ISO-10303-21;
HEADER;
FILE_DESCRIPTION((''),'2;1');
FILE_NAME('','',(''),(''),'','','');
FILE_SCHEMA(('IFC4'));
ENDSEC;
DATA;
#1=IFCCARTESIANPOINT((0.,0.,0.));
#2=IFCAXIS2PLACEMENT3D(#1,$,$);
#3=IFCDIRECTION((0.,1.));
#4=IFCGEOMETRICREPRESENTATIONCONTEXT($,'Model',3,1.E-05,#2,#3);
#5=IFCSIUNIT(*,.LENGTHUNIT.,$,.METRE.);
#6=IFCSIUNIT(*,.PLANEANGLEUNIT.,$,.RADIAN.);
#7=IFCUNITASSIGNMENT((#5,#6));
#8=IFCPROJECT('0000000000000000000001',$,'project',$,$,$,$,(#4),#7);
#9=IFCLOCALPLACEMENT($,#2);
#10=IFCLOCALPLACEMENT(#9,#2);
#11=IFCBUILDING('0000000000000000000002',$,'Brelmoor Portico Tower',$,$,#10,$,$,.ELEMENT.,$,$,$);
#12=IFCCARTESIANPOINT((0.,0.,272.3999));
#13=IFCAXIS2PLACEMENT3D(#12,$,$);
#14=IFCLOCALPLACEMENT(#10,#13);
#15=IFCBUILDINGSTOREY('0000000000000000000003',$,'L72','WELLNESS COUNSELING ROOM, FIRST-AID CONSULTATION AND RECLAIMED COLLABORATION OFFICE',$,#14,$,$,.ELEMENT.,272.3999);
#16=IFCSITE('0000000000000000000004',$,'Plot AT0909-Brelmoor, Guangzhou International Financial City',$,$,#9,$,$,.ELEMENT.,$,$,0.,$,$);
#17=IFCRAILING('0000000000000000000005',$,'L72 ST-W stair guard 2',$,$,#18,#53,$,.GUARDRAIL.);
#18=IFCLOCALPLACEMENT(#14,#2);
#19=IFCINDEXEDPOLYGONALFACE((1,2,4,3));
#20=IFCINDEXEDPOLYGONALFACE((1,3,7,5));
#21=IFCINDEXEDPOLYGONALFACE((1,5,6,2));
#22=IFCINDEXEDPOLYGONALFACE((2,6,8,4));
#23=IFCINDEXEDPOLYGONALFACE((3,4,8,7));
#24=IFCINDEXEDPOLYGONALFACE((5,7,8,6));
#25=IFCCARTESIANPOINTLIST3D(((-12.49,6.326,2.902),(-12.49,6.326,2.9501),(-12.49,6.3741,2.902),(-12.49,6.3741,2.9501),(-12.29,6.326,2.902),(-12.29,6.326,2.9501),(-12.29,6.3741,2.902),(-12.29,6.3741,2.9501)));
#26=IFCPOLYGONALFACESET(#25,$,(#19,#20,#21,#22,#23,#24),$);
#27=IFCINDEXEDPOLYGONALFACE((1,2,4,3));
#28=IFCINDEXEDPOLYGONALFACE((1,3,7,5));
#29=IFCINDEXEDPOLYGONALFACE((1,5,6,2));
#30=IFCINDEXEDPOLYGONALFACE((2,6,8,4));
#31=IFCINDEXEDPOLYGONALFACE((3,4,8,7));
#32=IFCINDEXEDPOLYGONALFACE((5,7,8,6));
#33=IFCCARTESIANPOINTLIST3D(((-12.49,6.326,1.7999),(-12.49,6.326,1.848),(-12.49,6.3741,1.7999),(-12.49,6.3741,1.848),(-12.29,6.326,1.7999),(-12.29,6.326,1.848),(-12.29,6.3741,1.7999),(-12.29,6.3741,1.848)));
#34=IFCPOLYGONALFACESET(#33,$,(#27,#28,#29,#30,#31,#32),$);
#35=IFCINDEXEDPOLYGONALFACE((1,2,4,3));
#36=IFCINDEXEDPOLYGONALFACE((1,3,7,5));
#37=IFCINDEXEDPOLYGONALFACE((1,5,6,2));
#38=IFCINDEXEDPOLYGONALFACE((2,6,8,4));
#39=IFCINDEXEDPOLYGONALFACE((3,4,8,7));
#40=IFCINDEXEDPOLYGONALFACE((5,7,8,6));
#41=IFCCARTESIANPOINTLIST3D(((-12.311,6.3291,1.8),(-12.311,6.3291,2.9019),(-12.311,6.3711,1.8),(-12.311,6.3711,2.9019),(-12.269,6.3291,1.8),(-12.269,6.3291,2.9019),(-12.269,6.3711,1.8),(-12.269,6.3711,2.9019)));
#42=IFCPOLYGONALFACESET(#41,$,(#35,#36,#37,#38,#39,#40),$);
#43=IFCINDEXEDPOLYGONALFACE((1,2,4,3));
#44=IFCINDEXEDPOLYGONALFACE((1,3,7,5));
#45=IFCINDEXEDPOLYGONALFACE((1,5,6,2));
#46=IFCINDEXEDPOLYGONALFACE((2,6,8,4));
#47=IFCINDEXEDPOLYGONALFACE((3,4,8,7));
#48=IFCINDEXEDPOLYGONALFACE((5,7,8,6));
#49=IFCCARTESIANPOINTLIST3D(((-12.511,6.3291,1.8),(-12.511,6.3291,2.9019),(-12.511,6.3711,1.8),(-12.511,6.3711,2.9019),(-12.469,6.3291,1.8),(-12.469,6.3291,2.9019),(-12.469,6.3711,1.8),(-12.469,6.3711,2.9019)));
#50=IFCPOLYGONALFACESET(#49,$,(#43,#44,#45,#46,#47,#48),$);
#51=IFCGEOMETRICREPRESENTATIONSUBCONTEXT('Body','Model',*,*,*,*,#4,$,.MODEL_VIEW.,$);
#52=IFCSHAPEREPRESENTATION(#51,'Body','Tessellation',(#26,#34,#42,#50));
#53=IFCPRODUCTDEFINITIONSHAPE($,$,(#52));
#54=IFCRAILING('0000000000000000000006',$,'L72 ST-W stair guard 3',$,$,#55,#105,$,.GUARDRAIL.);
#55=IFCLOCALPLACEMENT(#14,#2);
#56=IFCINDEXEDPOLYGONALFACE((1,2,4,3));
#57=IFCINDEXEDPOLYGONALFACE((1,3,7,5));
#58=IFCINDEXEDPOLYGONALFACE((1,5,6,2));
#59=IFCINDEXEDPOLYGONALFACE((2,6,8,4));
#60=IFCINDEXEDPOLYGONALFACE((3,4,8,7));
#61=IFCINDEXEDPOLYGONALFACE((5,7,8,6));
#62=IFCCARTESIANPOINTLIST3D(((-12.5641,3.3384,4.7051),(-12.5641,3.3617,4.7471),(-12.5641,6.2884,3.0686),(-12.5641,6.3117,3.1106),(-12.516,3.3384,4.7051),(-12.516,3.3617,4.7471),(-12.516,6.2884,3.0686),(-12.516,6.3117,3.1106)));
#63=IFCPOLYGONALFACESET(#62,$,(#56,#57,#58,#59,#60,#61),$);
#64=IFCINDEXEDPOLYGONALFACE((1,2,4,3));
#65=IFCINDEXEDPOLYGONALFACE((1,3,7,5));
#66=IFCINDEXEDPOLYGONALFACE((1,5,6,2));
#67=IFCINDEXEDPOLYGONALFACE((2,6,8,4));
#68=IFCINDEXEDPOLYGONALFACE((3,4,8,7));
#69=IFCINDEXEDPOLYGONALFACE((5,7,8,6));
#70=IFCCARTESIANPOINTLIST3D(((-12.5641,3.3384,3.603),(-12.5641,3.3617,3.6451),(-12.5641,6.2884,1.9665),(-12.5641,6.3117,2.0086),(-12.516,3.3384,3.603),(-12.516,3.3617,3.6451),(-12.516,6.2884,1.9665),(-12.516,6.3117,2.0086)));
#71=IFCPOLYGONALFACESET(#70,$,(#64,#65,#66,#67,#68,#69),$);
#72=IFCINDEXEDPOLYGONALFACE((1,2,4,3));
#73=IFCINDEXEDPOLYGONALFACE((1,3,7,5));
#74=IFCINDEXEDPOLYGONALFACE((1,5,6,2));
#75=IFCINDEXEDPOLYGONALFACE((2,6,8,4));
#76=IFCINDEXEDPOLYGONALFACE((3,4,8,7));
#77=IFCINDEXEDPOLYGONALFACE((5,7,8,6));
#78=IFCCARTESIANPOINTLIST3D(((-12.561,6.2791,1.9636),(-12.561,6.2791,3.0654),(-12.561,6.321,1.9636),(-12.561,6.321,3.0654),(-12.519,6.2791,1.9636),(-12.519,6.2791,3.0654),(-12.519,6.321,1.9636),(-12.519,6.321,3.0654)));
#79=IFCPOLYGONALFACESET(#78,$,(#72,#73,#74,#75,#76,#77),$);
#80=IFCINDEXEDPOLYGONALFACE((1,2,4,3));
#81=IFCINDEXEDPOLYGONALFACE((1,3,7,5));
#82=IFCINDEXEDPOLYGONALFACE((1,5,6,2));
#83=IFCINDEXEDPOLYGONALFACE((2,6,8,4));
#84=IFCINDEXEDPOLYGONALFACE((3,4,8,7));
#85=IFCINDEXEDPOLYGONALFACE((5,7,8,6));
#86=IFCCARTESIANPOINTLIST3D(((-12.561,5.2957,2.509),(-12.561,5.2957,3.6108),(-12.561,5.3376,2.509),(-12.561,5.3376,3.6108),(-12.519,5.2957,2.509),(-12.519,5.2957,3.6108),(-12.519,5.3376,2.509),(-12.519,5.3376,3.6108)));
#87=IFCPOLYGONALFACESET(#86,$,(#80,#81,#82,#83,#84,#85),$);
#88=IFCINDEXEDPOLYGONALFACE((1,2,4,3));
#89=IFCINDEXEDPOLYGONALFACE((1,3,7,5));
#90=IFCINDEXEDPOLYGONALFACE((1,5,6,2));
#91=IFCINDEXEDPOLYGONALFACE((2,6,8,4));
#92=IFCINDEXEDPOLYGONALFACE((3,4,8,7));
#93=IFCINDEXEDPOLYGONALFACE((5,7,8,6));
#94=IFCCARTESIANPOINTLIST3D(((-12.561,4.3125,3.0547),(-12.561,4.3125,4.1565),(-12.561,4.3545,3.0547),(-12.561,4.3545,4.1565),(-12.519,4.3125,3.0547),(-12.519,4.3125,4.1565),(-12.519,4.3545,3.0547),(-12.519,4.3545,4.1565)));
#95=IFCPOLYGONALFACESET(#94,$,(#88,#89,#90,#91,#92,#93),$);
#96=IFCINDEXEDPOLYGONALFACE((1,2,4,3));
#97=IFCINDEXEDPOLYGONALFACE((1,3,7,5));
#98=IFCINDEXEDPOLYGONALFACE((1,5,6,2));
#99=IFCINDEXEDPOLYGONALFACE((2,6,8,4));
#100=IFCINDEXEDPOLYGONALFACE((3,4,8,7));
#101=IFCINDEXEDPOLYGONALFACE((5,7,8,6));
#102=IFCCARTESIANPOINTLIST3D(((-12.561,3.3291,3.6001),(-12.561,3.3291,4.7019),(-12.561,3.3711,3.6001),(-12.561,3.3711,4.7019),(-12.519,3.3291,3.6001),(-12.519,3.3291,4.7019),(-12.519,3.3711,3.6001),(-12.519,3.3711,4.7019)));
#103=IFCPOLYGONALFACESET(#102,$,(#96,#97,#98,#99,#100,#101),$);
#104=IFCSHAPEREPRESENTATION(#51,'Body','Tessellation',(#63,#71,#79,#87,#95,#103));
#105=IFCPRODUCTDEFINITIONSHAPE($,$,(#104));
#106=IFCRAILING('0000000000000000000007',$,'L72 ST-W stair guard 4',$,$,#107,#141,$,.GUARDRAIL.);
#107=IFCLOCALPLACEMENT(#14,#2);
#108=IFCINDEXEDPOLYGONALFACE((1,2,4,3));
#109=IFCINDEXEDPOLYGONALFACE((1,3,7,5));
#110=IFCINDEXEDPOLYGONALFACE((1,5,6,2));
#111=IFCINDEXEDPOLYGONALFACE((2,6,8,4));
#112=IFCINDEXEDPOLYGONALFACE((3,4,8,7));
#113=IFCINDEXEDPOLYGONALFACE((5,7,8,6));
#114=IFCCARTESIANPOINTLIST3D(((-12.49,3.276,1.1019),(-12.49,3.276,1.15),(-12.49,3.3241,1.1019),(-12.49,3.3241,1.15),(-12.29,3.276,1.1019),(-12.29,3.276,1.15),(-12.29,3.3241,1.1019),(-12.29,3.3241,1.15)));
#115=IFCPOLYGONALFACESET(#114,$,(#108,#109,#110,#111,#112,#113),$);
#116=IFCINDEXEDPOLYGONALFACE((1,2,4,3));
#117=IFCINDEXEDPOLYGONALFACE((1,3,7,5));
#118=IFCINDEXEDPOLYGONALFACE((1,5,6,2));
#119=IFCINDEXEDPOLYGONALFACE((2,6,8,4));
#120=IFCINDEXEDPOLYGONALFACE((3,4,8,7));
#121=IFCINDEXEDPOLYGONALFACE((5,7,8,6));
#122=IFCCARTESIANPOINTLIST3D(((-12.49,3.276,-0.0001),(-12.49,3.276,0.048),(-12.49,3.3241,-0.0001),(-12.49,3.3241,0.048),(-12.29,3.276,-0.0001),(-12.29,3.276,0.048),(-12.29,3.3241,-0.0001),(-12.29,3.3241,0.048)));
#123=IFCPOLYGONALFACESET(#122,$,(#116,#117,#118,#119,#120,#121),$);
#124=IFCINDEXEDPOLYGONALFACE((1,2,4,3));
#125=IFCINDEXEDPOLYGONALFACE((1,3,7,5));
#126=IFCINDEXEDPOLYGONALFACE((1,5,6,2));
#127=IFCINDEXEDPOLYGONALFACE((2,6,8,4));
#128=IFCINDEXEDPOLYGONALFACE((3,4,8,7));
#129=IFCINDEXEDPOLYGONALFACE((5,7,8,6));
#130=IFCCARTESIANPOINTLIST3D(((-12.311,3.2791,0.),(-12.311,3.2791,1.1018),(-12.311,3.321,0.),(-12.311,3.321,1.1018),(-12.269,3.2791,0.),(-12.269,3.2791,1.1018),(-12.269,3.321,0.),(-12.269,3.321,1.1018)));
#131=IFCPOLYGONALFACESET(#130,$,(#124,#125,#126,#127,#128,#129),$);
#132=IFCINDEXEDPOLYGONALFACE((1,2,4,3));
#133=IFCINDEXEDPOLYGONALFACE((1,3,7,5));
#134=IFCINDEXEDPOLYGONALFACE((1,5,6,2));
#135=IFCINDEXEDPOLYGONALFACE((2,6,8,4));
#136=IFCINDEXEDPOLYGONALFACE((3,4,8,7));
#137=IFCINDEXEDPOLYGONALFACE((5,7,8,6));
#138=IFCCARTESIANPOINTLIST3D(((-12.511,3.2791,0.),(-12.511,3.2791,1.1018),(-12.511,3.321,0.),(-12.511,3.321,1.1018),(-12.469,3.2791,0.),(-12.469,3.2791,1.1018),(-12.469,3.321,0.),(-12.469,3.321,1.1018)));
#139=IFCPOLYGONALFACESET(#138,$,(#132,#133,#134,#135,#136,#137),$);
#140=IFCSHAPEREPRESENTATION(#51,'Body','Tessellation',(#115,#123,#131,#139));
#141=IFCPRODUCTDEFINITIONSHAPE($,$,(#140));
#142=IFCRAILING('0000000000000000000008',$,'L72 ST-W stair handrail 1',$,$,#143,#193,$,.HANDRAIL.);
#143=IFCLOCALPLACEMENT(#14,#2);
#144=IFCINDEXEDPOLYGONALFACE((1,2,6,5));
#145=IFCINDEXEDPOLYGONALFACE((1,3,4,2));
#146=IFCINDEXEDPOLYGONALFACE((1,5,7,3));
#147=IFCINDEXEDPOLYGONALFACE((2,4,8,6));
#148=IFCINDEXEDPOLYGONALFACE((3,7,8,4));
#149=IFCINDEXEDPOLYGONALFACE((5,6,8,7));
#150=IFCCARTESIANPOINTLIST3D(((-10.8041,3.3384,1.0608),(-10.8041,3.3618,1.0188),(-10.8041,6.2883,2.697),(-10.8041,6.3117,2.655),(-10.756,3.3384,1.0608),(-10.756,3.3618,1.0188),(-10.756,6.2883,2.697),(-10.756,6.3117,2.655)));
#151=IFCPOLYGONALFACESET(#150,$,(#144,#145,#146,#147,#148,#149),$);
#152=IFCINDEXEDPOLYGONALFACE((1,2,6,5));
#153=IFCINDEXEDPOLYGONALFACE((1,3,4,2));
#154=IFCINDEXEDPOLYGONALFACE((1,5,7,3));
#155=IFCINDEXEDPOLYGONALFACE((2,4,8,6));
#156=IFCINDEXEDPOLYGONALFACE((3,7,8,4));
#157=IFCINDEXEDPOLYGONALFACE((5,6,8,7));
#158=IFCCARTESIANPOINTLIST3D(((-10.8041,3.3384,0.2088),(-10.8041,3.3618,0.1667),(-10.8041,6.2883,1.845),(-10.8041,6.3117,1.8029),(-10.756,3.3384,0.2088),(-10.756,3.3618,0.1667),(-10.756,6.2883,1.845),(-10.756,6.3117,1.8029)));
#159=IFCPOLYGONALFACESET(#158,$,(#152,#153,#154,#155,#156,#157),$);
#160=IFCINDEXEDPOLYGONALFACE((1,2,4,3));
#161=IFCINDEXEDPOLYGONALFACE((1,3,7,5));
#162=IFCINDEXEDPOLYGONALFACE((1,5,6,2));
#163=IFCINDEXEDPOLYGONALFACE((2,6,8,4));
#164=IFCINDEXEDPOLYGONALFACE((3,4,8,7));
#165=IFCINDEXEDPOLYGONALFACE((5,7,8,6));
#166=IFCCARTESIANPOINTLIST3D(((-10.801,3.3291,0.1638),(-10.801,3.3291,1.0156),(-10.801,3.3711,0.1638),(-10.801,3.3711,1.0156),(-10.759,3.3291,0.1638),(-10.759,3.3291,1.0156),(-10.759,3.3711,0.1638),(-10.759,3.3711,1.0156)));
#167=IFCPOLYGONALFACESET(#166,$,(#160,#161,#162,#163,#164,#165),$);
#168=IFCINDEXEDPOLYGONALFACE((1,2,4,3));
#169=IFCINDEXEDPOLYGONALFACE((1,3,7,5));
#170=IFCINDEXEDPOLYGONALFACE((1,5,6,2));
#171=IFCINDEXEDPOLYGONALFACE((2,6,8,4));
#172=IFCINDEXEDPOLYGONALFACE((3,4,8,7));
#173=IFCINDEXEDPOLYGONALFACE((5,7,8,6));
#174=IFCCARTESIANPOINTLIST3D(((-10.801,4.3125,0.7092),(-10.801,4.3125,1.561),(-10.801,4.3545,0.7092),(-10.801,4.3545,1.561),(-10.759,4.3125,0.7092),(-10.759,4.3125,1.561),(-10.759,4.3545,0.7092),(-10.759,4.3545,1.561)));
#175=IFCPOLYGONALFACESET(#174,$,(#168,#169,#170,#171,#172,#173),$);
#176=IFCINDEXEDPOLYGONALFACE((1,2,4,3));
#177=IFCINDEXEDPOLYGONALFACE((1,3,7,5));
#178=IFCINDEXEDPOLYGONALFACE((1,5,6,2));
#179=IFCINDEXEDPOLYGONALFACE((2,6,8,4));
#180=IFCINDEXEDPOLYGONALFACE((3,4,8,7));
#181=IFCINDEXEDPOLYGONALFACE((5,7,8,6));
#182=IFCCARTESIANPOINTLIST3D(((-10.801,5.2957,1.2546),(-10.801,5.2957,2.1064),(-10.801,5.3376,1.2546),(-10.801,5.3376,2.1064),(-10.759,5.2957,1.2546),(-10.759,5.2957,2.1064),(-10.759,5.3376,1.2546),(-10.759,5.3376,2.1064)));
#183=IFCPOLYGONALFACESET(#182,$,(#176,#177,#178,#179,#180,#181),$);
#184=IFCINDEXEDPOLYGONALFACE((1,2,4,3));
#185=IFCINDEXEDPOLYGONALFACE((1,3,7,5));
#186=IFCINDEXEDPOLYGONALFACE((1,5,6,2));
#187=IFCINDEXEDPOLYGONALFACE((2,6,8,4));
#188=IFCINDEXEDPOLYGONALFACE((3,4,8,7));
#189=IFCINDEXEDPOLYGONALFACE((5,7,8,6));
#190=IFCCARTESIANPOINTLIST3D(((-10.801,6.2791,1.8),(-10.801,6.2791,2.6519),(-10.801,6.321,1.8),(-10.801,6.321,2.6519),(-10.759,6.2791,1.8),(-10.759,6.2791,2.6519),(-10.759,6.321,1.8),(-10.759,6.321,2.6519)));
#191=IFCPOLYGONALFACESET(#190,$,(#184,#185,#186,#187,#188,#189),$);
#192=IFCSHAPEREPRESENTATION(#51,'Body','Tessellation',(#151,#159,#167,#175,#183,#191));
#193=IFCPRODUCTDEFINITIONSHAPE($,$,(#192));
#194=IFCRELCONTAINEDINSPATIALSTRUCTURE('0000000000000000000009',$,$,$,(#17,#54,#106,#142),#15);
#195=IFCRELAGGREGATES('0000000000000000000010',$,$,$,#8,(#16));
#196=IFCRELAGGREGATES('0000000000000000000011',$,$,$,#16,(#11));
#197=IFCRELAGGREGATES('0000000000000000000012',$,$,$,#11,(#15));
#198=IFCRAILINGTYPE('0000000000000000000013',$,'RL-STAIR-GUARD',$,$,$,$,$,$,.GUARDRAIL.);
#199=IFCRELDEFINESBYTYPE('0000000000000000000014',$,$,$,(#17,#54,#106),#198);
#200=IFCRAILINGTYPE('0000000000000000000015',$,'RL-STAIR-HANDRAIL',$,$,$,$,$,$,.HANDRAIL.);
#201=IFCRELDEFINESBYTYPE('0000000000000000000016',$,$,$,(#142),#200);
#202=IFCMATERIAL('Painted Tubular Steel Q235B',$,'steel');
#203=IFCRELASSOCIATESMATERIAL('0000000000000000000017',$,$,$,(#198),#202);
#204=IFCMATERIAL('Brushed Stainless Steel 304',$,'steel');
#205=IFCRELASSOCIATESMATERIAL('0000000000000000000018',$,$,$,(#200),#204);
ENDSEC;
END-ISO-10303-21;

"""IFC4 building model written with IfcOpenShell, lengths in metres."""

from ifc_helpers import new_model, si_unit, direction, frame, origin, origin_2d, place, context, subcontext, project, spatial, rectangle, extrude, material, type_object, element, save


model = new_model("IFC4")

# Units and contexts
model_context = context("Model", 3, precision=1e-05, world=origin(), true_north=direction((0.0, 1.0)))
body_context = subcontext(model_context, "Body", "Model", "MODEL_VIEW")
ifc_project = project(units=[si_unit("LENGTHUNIT", "METRE"), si_unit("PLANEANGLEUNIT", "RADIAN")], contexts=[model_context])

# Site, building, storey
site_placement = place(None, origin())
site = spatial("IfcSite", under=ifc_project, at=site_placement, Name="Plot AT0909-Brelmoor, Guangzhou International Financial City", CompositionType="ELEMENT", RefElevation=0.0)
building_placement = place(site_placement, origin())
building = spatial("IfcBuilding", under=site, at=building_placement, Name="Brelmoor Portico Tower", CompositionType="ELEMENT")
storey_placement = place(building_placement, frame((0.0, 0.0, 272.3999)))
storey = spatial("IfcBuildingStorey", under=building, at=storey_placement, Name="L72", Description="WELLNESS COUNSELING ROOM, FIRST-AID CONSULTATION AND RECLAIMED COLLABORATION OFFICE", CompositionType="ELEMENT", Elevation=272.3999)

# Railings
ifc_material_1 = material(Name="Painted Tubular Steel Q235B", Category="steel")
railing_type_1 = type_object("IfcRailingType", Name="RL-STAIR-GUARD", PredefinedType="GUARDRAIL", material=ifc_material_1)
railing_1_placement = place(storey_placement, frame((-12.29, 6.3501, 1.8)))
element("IfcRailing", 1, at=railing_1_placement, inside=storey, type_object=railing_type_1, Name="L72 ST-W stair guard 2", PredefinedType="GUARDRAIL", context=body_context, shape_type="SweptSolid", body=[
    extrude(rectangle(XDim=0.0481, YDim=0.0481, at=origin_2d()), frame((0.0, 0.0, 1.126), z_axis=(-1.0, 0.0, 0.0), x_axis=(0.0, -1.0, 0.0)), (0.0, 0.0, 1.0), 0.2),
    extrude(rectangle(XDim=0.0481, YDim=0.0481, at=origin_2d()), frame((0.0, 0.0, 0.0239), z_axis=(-1.0, 0.0, 0.0), x_axis=(0.0, -1.0, 0.0)), (0.0, 0.0, 1.0), 0.2),
    extrude(rectangle(XDim=0.042, YDim=0.042, at=origin_2d()), origin(), (0.0, 0.0, 1.0), 1.1018),
    extrude(rectangle(XDim=0.042, YDim=0.042, at=origin_2d()), frame((-0.2, 0.0, 0.0)), (0.0, 0.0, 1.0), 1.1018),
])
railing_2_placement = place(storey_placement, frame((-12.54, 6.3, 1.9636)))
element("IfcRailing", 2, at=railing_2_placement, inside=storey, type_object=railing_type_1, Name="L72 ST-W stair guard 3", PredefinedType="GUARDRAIL", context=body_context, shape_type="SweptSolid", body=[
    extrude(rectangle(XDim=0.0481, YDim=0.0481, at=origin_2d()), frame((0.0, 0.0, 1.126), z_axis=(0.0, -0.874458, 0.485102), x_axis=(1.0, 0.0, 0.0)), (0.0, 0.0, 1.0), 3.3735),
    extrude(rectangle(XDim=0.0481, YDim=0.0481, at=origin_2d()), frame((0.0, 0.0, 0.0239), z_axis=(0.0, -0.874458, 0.485102), x_axis=(1.0, 0.0, 0.0)), (0.0, 0.0, 1.0), 3.3735),
    extrude(rectangle(XDim=0.042, YDim=0.042, at=origin_2d()), origin(), (0.0, 0.0, 1.0), 1.1018),
    extrude(rectangle(XDim=0.042, YDim=0.042, at=origin_2d()), frame((0.0, -0.9834, 0.5454)), (0.0, 0.0, 1.0), 1.1018),
    extrude(rectangle(XDim=0.042, YDim=0.042, at=origin_2d()), frame((0.0, -1.9666, 1.0911)), (0.0, 0.0, 1.0), 1.1018),
    extrude(rectangle(XDim=0.042, YDim=0.042, at=origin_2d()), frame((0.0, -2.95, 1.6365)), (0.0, 0.0, 1.0), 1.1018),
])
railing_3_placement = place(storey_placement, frame((-12.29, 3.3, 0.0)))
element("IfcRailing", 3, at=railing_3_placement, inside=storey, type_object=railing_type_1, Name="L72 ST-W stair guard 4", PredefinedType="GUARDRAIL", context=body_context, shape_type="SweptSolid", body=[
    extrude(rectangle(XDim=0.0481, YDim=0.0481, at=origin_2d()), frame((0.0, 0.0, 1.126), z_axis=(-1.0, 0.0, 0.0), x_axis=(0.0, -1.0, 0.0)), (0.0, 0.0, 1.0), 0.2),
    extrude(rectangle(XDim=0.0481, YDim=0.0481, at=origin_2d()), frame((0.0, 0.0, 0.0239), z_axis=(-1.0, 0.0, 0.0), x_axis=(0.0, -1.0, 0.0)), (0.0, 0.0, 1.0), 0.2),
    extrude(rectangle(XDim=0.042, YDim=0.042, at=origin_2d()), origin(), (0.0, 0.0, 1.0), 1.1018),
    extrude(rectangle(XDim=0.042, YDim=0.042, at=origin_2d()), frame((-0.2, 0.0, 0.0)), (0.0, 0.0, 1.0), 1.1018),
])
ifc_material_2 = material(Name="Brushed Stainless Steel 304", Category="steel")
railing_type_2 = type_object("IfcRailingType", Name="RL-STAIR-HANDRAIL", PredefinedType="HANDRAIL", material=ifc_material_2)
railing_4_placement = place(storey_placement, frame((-10.78, 3.3501, 0.1638)))
element("IfcRailing", 4, at=railing_4_placement, inside=storey, type_object=railing_type_2, Name="L72 ST-W stair handrail 1", PredefinedType="HANDRAIL", context=body_context, shape_type="SweptSolid", body=[
    extrude(rectangle(XDim=0.0481, YDim=0.0481, at=origin_2d()), frame((0.0, 0.0, 0.876), z_axis=(0.0, 0.874488, 0.485047), x_axis=(-1.0, 0.0, 0.0)), (0.0, 0.0, 1.0), 3.3733),
    extrude(rectangle(XDim=0.0481, YDim=0.0481, at=origin_2d()), frame((0.0, 0.0, 0.0239), z_axis=(0.0, 0.874488, 0.485047), x_axis=(-1.0, 0.0, 0.0)), (0.0, 0.0, 1.0), 3.3733),
    extrude(rectangle(XDim=0.042, YDim=0.042, at=origin_2d()), origin(), (0.0, 0.0, 1.0), 0.8518),
    extrude(rectangle(XDim=0.042, YDim=0.042, at=origin_2d()), frame((0.0, 0.9834, 0.5454)), (0.0, 0.0, 1.0), 0.8518),
    extrude(rectangle(XDim=0.042, YDim=0.042, at=origin_2d()), frame((0.0, 1.9666, 1.0908)), (0.0, 0.0, 1.0), 0.8518),
    extrude(rectangle(XDim=0.042, YDim=0.042, at=origin_2d()), frame((0.0, 2.95, 1.6362)), (0.0, 0.0, 1.0), 0.8518),
])

save(model, "model.ifc")
